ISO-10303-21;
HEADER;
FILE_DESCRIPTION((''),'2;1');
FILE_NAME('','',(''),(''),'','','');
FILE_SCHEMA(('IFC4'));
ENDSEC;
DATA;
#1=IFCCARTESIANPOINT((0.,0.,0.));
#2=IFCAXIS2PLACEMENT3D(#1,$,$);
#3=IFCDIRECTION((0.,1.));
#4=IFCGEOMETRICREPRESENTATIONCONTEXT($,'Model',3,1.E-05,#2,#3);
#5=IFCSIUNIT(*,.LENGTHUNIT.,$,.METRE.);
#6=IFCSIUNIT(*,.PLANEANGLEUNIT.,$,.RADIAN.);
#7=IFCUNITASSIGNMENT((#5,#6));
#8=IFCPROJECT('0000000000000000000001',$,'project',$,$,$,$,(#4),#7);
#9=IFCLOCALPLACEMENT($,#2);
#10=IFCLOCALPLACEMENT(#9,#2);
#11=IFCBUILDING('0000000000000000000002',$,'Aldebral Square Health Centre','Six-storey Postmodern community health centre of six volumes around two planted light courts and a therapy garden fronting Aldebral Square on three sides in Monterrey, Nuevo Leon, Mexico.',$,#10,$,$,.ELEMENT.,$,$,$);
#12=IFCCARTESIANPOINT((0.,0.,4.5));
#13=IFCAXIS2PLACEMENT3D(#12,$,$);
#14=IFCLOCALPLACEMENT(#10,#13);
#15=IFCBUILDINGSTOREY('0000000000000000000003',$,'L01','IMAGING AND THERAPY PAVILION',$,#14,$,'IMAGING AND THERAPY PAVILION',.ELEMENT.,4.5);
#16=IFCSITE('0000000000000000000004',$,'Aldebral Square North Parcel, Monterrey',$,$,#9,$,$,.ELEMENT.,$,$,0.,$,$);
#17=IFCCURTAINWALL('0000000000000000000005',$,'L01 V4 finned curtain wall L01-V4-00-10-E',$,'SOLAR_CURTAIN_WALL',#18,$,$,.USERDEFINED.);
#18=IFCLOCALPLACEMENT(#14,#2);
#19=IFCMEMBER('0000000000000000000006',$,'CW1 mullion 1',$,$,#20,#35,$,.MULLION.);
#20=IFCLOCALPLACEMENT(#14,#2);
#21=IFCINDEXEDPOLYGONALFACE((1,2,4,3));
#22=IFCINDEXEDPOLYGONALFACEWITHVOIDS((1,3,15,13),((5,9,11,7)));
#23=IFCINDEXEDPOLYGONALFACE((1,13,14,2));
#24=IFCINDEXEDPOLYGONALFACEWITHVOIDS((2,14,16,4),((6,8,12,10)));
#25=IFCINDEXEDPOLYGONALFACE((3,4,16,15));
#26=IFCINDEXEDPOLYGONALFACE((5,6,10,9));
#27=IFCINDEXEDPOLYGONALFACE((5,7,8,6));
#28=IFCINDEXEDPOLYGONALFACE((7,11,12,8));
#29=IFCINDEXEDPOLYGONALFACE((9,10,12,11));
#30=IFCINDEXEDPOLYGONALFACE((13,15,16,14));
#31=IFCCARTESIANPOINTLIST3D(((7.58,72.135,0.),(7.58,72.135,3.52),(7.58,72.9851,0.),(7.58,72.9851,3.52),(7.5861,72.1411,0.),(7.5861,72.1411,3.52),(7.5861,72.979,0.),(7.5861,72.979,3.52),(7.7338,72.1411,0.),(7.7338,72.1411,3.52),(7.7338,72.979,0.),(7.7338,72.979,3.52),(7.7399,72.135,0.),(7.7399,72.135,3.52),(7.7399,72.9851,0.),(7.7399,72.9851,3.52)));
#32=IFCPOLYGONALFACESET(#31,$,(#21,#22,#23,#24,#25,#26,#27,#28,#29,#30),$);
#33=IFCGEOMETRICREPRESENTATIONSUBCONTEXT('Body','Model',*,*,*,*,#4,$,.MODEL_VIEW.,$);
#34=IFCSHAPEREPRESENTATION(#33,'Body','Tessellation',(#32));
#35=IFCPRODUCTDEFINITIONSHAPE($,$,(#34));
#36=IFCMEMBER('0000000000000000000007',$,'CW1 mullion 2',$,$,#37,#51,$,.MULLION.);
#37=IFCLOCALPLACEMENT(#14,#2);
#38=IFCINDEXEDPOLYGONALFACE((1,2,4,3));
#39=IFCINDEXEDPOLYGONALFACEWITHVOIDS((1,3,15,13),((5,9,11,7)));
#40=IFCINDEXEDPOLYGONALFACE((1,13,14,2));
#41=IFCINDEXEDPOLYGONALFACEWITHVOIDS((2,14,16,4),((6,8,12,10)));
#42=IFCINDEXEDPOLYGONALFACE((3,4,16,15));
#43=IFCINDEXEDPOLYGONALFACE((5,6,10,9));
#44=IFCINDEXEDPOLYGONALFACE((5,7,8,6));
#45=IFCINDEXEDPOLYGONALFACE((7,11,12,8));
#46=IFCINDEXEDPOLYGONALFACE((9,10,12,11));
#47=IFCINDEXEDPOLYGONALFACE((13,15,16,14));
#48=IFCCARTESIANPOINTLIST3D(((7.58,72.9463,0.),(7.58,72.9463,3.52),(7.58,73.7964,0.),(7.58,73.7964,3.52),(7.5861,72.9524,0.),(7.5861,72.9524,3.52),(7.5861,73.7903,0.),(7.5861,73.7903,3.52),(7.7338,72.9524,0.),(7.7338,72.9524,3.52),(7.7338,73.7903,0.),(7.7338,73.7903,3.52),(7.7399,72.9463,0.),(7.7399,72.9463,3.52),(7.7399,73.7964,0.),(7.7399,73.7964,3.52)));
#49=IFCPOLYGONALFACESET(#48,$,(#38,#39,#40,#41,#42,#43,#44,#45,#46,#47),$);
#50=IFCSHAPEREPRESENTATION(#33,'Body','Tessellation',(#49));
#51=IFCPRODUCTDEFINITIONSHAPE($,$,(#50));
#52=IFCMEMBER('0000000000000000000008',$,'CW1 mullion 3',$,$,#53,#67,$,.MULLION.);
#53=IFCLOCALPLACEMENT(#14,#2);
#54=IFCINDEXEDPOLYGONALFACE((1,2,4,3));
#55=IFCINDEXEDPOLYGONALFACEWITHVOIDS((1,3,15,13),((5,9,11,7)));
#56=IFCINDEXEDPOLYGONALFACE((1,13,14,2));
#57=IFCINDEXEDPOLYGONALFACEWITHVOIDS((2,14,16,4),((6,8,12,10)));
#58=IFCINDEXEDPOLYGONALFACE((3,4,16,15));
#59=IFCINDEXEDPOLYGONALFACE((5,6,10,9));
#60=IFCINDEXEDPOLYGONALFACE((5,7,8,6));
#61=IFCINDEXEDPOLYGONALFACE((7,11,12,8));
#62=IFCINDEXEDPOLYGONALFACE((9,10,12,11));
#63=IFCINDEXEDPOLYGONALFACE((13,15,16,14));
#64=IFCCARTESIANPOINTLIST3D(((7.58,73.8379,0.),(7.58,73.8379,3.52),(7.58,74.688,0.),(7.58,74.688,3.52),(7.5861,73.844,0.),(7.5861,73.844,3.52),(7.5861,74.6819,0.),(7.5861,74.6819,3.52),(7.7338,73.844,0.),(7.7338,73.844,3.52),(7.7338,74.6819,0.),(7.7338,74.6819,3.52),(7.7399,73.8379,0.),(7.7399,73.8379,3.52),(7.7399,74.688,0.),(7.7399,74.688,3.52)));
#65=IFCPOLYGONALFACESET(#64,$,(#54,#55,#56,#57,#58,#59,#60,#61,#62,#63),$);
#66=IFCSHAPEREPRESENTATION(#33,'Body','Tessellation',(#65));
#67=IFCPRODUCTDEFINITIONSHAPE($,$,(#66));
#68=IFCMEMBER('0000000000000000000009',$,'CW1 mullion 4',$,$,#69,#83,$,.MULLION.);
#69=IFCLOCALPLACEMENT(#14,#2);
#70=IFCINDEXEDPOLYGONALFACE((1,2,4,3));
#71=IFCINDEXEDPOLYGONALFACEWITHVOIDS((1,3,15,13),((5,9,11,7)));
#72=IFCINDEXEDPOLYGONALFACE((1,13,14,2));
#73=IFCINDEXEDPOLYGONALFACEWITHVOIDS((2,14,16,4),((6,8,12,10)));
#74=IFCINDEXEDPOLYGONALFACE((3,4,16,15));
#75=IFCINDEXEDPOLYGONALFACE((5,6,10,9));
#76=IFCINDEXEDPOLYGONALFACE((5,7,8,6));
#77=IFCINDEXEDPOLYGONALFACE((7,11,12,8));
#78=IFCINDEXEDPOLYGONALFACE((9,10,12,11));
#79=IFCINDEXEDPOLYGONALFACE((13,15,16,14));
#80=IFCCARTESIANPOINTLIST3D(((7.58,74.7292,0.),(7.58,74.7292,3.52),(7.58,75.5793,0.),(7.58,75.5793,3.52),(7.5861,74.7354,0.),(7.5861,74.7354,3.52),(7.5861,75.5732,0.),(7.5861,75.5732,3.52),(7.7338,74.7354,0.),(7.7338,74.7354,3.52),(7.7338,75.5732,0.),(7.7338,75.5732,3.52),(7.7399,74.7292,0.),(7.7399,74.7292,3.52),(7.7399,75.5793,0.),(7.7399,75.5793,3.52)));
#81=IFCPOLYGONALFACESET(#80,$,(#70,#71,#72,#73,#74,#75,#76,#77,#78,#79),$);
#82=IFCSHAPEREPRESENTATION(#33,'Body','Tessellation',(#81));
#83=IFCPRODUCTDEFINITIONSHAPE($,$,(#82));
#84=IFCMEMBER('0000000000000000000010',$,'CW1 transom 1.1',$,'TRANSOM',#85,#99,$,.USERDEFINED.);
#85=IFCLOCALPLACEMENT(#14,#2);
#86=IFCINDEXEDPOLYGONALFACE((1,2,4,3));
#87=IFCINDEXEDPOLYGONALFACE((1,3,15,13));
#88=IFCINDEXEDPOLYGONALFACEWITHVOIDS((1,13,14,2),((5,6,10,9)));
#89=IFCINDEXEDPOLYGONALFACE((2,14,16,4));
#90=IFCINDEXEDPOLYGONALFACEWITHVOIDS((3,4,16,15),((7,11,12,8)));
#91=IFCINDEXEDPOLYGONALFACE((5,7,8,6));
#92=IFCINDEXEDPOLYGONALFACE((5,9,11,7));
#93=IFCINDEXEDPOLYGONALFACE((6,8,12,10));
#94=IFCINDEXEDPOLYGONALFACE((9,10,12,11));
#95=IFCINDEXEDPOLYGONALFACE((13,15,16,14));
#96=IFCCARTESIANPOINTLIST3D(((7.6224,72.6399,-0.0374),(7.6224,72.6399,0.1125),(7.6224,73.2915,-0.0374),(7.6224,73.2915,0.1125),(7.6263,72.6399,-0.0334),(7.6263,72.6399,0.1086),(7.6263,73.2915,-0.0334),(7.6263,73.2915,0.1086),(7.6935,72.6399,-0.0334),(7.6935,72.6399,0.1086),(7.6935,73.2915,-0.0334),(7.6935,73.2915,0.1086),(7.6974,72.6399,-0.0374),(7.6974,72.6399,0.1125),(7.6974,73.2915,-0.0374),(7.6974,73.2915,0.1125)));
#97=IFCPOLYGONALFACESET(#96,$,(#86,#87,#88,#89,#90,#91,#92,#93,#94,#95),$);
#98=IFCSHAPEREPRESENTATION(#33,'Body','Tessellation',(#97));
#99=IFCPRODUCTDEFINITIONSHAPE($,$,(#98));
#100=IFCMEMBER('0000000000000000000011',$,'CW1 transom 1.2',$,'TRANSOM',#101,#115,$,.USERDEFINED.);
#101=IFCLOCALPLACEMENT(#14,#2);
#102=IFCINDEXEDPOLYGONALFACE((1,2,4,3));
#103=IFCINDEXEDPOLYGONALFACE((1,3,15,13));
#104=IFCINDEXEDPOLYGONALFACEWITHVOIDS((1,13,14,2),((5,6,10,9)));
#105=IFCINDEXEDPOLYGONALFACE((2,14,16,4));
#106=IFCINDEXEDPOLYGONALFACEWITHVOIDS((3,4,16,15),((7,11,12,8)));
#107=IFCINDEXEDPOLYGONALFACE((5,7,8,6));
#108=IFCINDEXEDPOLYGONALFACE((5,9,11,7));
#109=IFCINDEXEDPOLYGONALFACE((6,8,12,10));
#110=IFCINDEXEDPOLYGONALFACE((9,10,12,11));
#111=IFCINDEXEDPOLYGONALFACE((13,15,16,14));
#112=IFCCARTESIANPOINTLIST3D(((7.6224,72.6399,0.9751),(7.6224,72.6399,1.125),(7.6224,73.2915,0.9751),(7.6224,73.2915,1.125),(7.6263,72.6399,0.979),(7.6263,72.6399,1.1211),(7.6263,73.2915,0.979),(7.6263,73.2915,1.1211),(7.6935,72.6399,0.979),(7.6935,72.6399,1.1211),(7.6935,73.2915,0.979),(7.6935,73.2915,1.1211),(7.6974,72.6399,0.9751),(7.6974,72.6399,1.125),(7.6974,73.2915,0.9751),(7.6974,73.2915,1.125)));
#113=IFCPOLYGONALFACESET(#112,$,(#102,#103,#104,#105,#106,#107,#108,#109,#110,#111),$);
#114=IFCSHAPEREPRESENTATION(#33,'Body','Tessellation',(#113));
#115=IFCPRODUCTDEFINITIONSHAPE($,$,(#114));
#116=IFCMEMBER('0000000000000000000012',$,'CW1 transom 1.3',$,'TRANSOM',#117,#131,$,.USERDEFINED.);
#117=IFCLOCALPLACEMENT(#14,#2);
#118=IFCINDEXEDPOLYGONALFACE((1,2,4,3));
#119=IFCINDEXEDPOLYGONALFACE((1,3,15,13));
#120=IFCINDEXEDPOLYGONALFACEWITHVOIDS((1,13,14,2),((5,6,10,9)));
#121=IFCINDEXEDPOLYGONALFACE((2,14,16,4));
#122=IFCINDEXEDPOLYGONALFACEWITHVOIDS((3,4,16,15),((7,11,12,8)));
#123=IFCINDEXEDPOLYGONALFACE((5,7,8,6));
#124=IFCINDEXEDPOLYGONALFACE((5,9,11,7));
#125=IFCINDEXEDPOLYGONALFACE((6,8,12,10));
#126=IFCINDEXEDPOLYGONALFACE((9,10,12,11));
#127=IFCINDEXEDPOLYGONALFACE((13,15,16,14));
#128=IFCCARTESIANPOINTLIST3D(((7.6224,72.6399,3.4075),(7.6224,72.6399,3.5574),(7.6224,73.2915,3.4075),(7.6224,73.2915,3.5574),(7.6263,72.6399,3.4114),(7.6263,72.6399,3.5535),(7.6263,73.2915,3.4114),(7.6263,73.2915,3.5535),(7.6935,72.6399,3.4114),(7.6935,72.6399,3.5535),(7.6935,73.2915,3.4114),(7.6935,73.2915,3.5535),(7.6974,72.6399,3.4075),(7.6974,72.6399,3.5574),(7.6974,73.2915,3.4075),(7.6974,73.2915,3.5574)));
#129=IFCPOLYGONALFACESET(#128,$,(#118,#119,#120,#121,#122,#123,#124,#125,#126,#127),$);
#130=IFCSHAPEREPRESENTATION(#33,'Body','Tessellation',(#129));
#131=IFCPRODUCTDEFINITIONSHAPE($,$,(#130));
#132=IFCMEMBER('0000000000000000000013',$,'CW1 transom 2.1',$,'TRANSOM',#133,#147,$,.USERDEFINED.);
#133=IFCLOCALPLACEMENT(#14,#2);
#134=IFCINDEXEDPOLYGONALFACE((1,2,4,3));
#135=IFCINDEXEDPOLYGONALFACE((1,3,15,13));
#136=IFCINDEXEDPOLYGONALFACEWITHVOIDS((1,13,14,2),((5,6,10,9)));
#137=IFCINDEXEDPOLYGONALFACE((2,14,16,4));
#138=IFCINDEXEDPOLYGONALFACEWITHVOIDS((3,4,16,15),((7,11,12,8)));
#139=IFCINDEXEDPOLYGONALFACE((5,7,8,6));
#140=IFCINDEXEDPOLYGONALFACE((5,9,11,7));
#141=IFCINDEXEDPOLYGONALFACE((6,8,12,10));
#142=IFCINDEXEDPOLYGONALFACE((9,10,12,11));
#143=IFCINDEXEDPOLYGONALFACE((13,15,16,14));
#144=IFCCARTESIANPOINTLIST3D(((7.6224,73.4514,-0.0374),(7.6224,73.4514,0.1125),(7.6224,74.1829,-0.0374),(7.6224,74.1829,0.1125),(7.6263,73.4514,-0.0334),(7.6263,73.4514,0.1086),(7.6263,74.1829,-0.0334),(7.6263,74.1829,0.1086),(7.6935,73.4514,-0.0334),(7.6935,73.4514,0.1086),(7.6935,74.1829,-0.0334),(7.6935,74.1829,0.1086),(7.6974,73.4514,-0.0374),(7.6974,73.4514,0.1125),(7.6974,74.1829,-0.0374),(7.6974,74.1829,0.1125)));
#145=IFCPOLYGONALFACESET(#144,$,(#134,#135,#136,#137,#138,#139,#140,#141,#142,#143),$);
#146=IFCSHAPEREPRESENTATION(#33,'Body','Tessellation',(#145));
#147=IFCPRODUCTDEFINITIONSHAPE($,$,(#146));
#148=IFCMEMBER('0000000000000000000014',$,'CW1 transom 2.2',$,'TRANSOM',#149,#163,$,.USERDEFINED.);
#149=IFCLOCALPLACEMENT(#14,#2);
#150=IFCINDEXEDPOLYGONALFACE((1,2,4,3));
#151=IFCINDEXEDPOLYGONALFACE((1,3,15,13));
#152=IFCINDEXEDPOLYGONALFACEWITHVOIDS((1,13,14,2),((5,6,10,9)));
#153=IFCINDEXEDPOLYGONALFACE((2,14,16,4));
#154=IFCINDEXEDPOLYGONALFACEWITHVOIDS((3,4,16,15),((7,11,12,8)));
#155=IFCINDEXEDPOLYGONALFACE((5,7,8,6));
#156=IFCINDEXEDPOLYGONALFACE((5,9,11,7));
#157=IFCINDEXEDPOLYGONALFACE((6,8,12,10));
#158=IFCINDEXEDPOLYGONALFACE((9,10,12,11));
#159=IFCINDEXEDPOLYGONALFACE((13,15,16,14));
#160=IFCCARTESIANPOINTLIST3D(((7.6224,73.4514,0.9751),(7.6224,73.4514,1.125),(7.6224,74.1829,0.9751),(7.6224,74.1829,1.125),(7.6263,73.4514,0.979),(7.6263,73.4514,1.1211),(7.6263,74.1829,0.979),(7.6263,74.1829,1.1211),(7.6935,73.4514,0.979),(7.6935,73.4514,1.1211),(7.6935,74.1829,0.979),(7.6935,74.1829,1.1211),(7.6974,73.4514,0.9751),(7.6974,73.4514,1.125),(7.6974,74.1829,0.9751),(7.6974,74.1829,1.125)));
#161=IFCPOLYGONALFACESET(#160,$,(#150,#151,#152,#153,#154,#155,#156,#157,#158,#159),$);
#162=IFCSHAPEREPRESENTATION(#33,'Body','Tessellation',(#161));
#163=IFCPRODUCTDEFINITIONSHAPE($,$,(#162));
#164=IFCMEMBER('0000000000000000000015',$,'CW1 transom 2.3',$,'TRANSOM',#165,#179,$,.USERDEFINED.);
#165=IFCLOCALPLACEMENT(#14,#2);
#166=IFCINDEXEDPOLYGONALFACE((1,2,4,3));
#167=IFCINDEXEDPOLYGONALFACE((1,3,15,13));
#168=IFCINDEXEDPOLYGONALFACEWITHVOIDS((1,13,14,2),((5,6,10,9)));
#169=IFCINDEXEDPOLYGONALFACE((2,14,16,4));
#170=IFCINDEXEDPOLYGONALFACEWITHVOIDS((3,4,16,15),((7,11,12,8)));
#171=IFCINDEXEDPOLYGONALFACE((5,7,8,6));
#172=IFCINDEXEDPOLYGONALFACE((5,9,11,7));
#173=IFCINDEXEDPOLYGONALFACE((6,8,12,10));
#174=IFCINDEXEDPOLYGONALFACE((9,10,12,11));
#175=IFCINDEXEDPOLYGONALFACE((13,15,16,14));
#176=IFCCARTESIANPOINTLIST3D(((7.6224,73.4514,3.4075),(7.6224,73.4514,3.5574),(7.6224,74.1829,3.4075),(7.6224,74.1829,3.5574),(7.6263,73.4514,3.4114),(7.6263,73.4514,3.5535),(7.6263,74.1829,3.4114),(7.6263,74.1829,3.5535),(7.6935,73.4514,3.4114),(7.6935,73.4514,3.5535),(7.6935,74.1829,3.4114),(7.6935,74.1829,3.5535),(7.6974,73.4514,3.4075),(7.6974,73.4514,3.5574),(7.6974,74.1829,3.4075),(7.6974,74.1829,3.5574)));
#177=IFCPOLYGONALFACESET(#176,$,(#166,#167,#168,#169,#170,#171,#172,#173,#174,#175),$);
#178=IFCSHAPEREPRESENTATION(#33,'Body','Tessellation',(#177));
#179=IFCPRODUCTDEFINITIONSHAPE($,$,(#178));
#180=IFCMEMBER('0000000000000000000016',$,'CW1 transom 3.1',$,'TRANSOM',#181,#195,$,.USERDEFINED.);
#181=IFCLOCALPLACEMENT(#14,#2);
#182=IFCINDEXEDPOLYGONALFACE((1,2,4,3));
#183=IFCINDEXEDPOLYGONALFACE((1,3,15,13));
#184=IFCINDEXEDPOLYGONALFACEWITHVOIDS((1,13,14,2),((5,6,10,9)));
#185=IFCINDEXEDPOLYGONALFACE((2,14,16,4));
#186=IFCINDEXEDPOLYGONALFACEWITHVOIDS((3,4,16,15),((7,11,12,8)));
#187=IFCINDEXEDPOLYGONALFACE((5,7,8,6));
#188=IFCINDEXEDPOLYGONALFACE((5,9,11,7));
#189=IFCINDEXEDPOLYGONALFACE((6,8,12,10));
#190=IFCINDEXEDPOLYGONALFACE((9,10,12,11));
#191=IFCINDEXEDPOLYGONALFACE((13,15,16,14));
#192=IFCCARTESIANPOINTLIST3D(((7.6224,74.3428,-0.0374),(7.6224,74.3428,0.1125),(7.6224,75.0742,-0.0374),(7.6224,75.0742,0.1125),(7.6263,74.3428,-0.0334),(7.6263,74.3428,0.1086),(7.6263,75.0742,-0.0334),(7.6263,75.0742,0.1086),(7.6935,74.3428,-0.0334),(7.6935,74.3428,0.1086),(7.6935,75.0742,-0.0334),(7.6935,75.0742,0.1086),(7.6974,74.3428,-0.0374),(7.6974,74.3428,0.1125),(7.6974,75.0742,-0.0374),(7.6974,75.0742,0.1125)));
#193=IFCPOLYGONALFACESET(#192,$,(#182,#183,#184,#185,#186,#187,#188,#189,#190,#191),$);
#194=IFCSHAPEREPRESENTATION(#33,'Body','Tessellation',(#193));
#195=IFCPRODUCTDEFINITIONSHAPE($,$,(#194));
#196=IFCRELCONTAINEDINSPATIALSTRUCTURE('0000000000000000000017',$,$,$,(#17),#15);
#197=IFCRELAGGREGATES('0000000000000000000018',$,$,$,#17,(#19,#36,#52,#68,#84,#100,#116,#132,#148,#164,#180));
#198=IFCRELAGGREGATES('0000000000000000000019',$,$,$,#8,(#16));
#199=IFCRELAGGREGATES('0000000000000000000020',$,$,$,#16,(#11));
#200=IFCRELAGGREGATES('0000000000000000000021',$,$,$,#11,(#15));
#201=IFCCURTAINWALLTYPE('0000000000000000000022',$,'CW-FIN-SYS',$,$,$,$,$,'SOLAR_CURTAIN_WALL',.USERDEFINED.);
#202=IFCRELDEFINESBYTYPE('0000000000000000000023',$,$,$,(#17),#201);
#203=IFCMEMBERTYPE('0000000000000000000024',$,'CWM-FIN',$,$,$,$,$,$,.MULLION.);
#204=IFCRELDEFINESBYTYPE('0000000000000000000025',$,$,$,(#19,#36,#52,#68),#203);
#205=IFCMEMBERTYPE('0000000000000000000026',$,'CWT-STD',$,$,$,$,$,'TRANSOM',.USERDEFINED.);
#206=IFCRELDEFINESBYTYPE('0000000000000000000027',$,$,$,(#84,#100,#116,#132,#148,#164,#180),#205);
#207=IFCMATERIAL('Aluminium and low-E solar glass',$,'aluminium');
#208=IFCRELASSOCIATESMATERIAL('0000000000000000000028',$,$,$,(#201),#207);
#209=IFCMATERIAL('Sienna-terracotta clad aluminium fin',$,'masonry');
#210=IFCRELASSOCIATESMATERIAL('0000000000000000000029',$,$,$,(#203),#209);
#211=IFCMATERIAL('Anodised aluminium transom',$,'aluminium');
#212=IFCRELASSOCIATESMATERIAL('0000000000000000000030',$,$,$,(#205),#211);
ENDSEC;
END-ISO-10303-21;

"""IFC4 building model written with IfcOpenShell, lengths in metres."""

from ifc_helpers import new_model, si_unit, direction, frame, origin, origin_2d, place, context, subcontext, project, spatial, hollow_rectangle, extrude, material, material_profile, profile_set, type_object, element, aggregate, save


model = new_model("IFC4")

# Units and contexts
model_context = context("Model", 3, precision=1e-05, world=origin(), true_north=direction((0.0, 1.0)))
body_context = subcontext(model_context, "Body", "Model", "MODEL_VIEW")
ifc_project = project(units=[si_unit("LENGTHUNIT", "METRE"), si_unit("PLANEANGLEUNIT", "RADIAN")], contexts=[model_context])

# Site, building, storey
site_placement = place(None, origin())
site = spatial("IfcSite", under=ifc_project, at=site_placement, Name="Aldebral Square North Parcel, Monterrey", CompositionType="ELEMENT", RefElevation=0.0)
building_placement = place(site_placement, origin())
building = spatial("IfcBuilding", under=site, at=building_placement, Name="Aldebral Square Health Centre", Description="Six-storey Postmodern community health centre of six volumes around two planted light courts and a therapy garden fronting Aldebral Square on three sides in Monterrey, Nuevo Leon, Mexico.", CompositionType="ELEMENT")
storey_placement = place(building_placement, frame((0.0, 0.0, 4.5)))
storey = spatial("IfcBuildingStorey", under=building, at=storey_placement, Name="L01", Description="IMAGING AND THERAPY PAVILION", LongName="IMAGING AND THERAPY PAVILION", CompositionType="ELEMENT", Elevation=4.5)

# Curtain wall, members
ifc_material_1 = material(Name="Aluminium and low-E solar glass", Category="aluminium")
curtain_wall_type = type_object("IfcCurtainWallType", Name="CW-FIN-SYS", ElementType="SOLAR_CURTAIN_WALL", PredefinedType="USERDEFINED", material=ifc_material_1)
curtain_wall_placement = place(storey_placement, origin())
curtain_wall = element("IfcCurtainWall", 1, at=curtain_wall_placement, inside=storey, type_object=curtain_wall_type, Name="L01 V4 finned curtain wall L01-V4-00-10-E", ObjectType="SOLAR_CURTAIN_WALL", PredefinedType="USERDEFINED")
ifc_material_2 = material(Name="Sienna-terracotta clad aluminium fin", Category="masonry")
ifc_material_profile_1 = material_profile(ifc_material_2, hollow_rectangle(XDim=0.1599, YDim=0.8501, WallThickness=0.0061, at=origin_2d()), Name="FIN 160x850x6")
ifc_profile_set_1 = profile_set([ifc_material_profile_1], Name="Sienna-terracotta clad aluminium fin")
member_type_1 = type_object("IfcMemberType", Name="CWM-FIN", PredefinedType="MULLION", material=ifc_profile_set_1)
member_1_placement = place(storey_placement, frame((7.6599, 72.5601, 0.0), z_axis=(0.0, 0.0, 1.0), x_axis=(-1.0, 0.0, 0.0)))
member_1 = element("IfcMember", 2, at=member_1_placement, type_object=member_type_1, Name="CW1 mullion 1", PredefinedType="MULLION", context=body_context, shape_type="SweptSolid", body=[
    extrude(hollow_rectangle(XDim=0.1599, YDim=0.8501, WallThickness=0.0061, at=origin_2d()), origin(), (0.0, 0.0, 1.0), 3.52),
])
member_2_placement = place(storey_placement, frame((7.6599, 73.3713, 0.0), z_axis=(0.0, 0.0, 1.0), x_axis=(-1.0, 0.0, 0.0)))
member_2 = element("IfcMember", 3, at=member_2_placement, type_object=member_type_1, Name="CW1 mullion 2", PredefinedType="MULLION", context=body_context, shape_type="SweptSolid", body=[
    extrude(hollow_rectangle(XDim=0.1599, YDim=0.8501, WallThickness=0.0061, at=origin_2d()), origin(), (0.0, 0.0, 1.0), 3.52),
])
member_3_placement = place(storey_placement, frame((7.6599, 74.2629, 0.0), z_axis=(0.0, 0.0, 1.0), x_axis=(-1.0, 0.0, 0.0)))
member_3 = element("IfcMember", 4, at=member_3_placement, type_object=member_type_1, Name="CW1 mullion 3", PredefinedType="MULLION", context=body_context, shape_type="SweptSolid", body=[
    extrude(hollow_rectangle(XDim=0.1599, YDim=0.8501, WallThickness=0.0061, at=origin_2d()), origin(), (0.0, 0.0, 1.0), 3.52),
])
member_4_placement = place(storey_placement, frame((7.6599, 75.1543, 0.0), z_axis=(0.0, 0.0, 1.0), x_axis=(-1.0, 0.0, 0.0)))
member_4 = element("IfcMember", 5, at=member_4_placement, type_object=member_type_1, Name="CW1 mullion 4", PredefinedType="MULLION", context=body_context, shape_type="SweptSolid", body=[
    extrude(hollow_rectangle(XDim=0.1599, YDim=0.8501, WallThickness=0.0061, at=origin_2d()), origin(), (0.0, 0.0, 1.0), 3.52),
])
ifc_material_3 = material(Name="Anodised aluminium transom", Category="aluminium")
ifc_material_profile_2 = material_profile(ifc_material_3, hollow_rectangle(XDim=0.075, YDim=0.1499, WallThickness=0.0039, at=origin_2d()), Name="CWT 75x150x4")
ifc_profile_set_2 = profile_set([ifc_material_profile_2], Name="Anodised aluminium transom")
member_type_2 = type_object("IfcMemberType", Name="CWT-STD", ElementType="TRANSOM", PredefinedType="USERDEFINED", material=ifc_profile_set_2)
member_5_placement = place(storey_placement, frame((7.6599, 72.6399, 0.0376), z_axis=(0.0, 1.0, 0.0), x_axis=(-1.0, 0.0, 0.0)))
member_5 = element("IfcMember", 6, at=member_5_placement, type_object=member_type_2, Name="CW1 transom 1.1", ObjectType="TRANSOM", PredefinedType="USERDEFINED", context=body_context, shape_type="SweptSolid", body=[
    extrude(hollow_rectangle(XDim=0.075, YDim=0.1499, WallThickness=0.0039, at=origin_2d()), origin(), (0.0, 0.0, 1.0), 0.6516),
])
member_6_placement = place(storey_placement, frame((7.6599, 72.6399, 1.05), z_axis=(0.0, 1.0, 0.0), x_axis=(-1.0, 0.0, 0.0)))
member_6 = element("IfcMember", 7, at=member_6_placement, type_object=member_type_2, Name="CW1 transom 1.2", ObjectType="TRANSOM", PredefinedType="USERDEFINED", context=body_context, shape_type="SweptSolid", body=[
    extrude(hollow_rectangle(XDim=0.075, YDim=0.1499, WallThickness=0.0039, at=origin_2d()), origin(), (0.0, 0.0, 1.0), 0.6516),
])
member_7_placement = place(storey_placement, frame((7.6599, 72.6399, 3.4824), z_axis=(0.0, 1.0, 0.0), x_axis=(-1.0, 0.0, 0.0)))
member_7 = element("IfcMember", 8, at=member_7_placement, type_object=member_type_2, Name="CW1 transom 1.3", ObjectType="TRANSOM", PredefinedType="USERDEFINED", context=body_context, shape_type="SweptSolid", body=[
    extrude(hollow_rectangle(XDim=0.075, YDim=0.1499, WallThickness=0.0039, at=origin_2d()), origin(), (0.0, 0.0, 1.0), 0.6516),
])
member_8_placement = place(storey_placement, frame((7.6599, 73.4514, 0.0376), z_axis=(0.0, 1.0, 0.0), x_axis=(-1.0, 0.0, 0.0)))
member_8 = element("IfcMember", 9, at=member_8_placement, type_object=member_type_2, Name="CW1 transom 2.1", ObjectType="TRANSOM", PredefinedType="USERDEFINED", context=body_context, shape_type="SweptSolid", body=[
    extrude(hollow_rectangle(XDim=0.075, YDim=0.1499, WallThickness=0.0039, at=origin_2d()), origin(), (0.0, 0.0, 1.0), 0.7314),
])
member_9_placement = place(storey_placement, frame((7.6599, 73.4514, 1.05), z_axis=(0.0, 1.0, 0.0), x_axis=(-1.0, 0.0, 0.0)))
member_9 = element("IfcMember", 10, at=member_9_placement, type_object=member_type_2, Name="CW1 transom 2.2", ObjectType="TRANSOM", PredefinedType="USERDEFINED", context=body_context, shape_type="SweptSolid", body=[
    extrude(hollow_rectangle(XDim=0.075, YDim=0.1499, WallThickness=0.0039, at=origin_2d()), origin(), (0.0, 0.0, 1.0), 0.7314),
])
member_10_placement = place(storey_placement, frame((7.6599, 73.4514, 3.4824), z_axis=(0.0, 1.0, 0.0), x_axis=(-1.0, 0.0, 0.0)))
member_10 = element("IfcMember", 11, at=member_10_placement, type_object=member_type_2, Name="CW1 transom 2.3", ObjectType="TRANSOM", PredefinedType="USERDEFINED", context=body_context, shape_type="SweptSolid", body=[
    extrude(hollow_rectangle(XDim=0.075, YDim=0.1499, WallThickness=0.0039, at=origin_2d()), origin(), (0.0, 0.0, 1.0), 0.7314),
])
member_11_placement = place(storey_placement, frame((7.6599, 74.3428, 0.0376), z_axis=(0.0, 1.0, 0.0), x_axis=(-1.0, 0.0, 0.0)))
member_11 = element("IfcMember", 12, at=member_11_placement, type_object=member_type_2, Name="CW1 transom 3.1", ObjectType="TRANSOM", PredefinedType="USERDEFINED", context=body_context, shape_type="SweptSolid", body=[
    extrude(hollow_rectangle(XDim=0.075, YDim=0.1499, WallThickness=0.0039, at=origin_2d()), origin(), (0.0, 0.0, 1.0), 0.7314),
])
aggregate(curtain_wall, [member_1, member_2, member_3, member_4, member_5, member_6, member_7, member_8, member_9, member_10, member_11])

save(model, "model.ifc")
